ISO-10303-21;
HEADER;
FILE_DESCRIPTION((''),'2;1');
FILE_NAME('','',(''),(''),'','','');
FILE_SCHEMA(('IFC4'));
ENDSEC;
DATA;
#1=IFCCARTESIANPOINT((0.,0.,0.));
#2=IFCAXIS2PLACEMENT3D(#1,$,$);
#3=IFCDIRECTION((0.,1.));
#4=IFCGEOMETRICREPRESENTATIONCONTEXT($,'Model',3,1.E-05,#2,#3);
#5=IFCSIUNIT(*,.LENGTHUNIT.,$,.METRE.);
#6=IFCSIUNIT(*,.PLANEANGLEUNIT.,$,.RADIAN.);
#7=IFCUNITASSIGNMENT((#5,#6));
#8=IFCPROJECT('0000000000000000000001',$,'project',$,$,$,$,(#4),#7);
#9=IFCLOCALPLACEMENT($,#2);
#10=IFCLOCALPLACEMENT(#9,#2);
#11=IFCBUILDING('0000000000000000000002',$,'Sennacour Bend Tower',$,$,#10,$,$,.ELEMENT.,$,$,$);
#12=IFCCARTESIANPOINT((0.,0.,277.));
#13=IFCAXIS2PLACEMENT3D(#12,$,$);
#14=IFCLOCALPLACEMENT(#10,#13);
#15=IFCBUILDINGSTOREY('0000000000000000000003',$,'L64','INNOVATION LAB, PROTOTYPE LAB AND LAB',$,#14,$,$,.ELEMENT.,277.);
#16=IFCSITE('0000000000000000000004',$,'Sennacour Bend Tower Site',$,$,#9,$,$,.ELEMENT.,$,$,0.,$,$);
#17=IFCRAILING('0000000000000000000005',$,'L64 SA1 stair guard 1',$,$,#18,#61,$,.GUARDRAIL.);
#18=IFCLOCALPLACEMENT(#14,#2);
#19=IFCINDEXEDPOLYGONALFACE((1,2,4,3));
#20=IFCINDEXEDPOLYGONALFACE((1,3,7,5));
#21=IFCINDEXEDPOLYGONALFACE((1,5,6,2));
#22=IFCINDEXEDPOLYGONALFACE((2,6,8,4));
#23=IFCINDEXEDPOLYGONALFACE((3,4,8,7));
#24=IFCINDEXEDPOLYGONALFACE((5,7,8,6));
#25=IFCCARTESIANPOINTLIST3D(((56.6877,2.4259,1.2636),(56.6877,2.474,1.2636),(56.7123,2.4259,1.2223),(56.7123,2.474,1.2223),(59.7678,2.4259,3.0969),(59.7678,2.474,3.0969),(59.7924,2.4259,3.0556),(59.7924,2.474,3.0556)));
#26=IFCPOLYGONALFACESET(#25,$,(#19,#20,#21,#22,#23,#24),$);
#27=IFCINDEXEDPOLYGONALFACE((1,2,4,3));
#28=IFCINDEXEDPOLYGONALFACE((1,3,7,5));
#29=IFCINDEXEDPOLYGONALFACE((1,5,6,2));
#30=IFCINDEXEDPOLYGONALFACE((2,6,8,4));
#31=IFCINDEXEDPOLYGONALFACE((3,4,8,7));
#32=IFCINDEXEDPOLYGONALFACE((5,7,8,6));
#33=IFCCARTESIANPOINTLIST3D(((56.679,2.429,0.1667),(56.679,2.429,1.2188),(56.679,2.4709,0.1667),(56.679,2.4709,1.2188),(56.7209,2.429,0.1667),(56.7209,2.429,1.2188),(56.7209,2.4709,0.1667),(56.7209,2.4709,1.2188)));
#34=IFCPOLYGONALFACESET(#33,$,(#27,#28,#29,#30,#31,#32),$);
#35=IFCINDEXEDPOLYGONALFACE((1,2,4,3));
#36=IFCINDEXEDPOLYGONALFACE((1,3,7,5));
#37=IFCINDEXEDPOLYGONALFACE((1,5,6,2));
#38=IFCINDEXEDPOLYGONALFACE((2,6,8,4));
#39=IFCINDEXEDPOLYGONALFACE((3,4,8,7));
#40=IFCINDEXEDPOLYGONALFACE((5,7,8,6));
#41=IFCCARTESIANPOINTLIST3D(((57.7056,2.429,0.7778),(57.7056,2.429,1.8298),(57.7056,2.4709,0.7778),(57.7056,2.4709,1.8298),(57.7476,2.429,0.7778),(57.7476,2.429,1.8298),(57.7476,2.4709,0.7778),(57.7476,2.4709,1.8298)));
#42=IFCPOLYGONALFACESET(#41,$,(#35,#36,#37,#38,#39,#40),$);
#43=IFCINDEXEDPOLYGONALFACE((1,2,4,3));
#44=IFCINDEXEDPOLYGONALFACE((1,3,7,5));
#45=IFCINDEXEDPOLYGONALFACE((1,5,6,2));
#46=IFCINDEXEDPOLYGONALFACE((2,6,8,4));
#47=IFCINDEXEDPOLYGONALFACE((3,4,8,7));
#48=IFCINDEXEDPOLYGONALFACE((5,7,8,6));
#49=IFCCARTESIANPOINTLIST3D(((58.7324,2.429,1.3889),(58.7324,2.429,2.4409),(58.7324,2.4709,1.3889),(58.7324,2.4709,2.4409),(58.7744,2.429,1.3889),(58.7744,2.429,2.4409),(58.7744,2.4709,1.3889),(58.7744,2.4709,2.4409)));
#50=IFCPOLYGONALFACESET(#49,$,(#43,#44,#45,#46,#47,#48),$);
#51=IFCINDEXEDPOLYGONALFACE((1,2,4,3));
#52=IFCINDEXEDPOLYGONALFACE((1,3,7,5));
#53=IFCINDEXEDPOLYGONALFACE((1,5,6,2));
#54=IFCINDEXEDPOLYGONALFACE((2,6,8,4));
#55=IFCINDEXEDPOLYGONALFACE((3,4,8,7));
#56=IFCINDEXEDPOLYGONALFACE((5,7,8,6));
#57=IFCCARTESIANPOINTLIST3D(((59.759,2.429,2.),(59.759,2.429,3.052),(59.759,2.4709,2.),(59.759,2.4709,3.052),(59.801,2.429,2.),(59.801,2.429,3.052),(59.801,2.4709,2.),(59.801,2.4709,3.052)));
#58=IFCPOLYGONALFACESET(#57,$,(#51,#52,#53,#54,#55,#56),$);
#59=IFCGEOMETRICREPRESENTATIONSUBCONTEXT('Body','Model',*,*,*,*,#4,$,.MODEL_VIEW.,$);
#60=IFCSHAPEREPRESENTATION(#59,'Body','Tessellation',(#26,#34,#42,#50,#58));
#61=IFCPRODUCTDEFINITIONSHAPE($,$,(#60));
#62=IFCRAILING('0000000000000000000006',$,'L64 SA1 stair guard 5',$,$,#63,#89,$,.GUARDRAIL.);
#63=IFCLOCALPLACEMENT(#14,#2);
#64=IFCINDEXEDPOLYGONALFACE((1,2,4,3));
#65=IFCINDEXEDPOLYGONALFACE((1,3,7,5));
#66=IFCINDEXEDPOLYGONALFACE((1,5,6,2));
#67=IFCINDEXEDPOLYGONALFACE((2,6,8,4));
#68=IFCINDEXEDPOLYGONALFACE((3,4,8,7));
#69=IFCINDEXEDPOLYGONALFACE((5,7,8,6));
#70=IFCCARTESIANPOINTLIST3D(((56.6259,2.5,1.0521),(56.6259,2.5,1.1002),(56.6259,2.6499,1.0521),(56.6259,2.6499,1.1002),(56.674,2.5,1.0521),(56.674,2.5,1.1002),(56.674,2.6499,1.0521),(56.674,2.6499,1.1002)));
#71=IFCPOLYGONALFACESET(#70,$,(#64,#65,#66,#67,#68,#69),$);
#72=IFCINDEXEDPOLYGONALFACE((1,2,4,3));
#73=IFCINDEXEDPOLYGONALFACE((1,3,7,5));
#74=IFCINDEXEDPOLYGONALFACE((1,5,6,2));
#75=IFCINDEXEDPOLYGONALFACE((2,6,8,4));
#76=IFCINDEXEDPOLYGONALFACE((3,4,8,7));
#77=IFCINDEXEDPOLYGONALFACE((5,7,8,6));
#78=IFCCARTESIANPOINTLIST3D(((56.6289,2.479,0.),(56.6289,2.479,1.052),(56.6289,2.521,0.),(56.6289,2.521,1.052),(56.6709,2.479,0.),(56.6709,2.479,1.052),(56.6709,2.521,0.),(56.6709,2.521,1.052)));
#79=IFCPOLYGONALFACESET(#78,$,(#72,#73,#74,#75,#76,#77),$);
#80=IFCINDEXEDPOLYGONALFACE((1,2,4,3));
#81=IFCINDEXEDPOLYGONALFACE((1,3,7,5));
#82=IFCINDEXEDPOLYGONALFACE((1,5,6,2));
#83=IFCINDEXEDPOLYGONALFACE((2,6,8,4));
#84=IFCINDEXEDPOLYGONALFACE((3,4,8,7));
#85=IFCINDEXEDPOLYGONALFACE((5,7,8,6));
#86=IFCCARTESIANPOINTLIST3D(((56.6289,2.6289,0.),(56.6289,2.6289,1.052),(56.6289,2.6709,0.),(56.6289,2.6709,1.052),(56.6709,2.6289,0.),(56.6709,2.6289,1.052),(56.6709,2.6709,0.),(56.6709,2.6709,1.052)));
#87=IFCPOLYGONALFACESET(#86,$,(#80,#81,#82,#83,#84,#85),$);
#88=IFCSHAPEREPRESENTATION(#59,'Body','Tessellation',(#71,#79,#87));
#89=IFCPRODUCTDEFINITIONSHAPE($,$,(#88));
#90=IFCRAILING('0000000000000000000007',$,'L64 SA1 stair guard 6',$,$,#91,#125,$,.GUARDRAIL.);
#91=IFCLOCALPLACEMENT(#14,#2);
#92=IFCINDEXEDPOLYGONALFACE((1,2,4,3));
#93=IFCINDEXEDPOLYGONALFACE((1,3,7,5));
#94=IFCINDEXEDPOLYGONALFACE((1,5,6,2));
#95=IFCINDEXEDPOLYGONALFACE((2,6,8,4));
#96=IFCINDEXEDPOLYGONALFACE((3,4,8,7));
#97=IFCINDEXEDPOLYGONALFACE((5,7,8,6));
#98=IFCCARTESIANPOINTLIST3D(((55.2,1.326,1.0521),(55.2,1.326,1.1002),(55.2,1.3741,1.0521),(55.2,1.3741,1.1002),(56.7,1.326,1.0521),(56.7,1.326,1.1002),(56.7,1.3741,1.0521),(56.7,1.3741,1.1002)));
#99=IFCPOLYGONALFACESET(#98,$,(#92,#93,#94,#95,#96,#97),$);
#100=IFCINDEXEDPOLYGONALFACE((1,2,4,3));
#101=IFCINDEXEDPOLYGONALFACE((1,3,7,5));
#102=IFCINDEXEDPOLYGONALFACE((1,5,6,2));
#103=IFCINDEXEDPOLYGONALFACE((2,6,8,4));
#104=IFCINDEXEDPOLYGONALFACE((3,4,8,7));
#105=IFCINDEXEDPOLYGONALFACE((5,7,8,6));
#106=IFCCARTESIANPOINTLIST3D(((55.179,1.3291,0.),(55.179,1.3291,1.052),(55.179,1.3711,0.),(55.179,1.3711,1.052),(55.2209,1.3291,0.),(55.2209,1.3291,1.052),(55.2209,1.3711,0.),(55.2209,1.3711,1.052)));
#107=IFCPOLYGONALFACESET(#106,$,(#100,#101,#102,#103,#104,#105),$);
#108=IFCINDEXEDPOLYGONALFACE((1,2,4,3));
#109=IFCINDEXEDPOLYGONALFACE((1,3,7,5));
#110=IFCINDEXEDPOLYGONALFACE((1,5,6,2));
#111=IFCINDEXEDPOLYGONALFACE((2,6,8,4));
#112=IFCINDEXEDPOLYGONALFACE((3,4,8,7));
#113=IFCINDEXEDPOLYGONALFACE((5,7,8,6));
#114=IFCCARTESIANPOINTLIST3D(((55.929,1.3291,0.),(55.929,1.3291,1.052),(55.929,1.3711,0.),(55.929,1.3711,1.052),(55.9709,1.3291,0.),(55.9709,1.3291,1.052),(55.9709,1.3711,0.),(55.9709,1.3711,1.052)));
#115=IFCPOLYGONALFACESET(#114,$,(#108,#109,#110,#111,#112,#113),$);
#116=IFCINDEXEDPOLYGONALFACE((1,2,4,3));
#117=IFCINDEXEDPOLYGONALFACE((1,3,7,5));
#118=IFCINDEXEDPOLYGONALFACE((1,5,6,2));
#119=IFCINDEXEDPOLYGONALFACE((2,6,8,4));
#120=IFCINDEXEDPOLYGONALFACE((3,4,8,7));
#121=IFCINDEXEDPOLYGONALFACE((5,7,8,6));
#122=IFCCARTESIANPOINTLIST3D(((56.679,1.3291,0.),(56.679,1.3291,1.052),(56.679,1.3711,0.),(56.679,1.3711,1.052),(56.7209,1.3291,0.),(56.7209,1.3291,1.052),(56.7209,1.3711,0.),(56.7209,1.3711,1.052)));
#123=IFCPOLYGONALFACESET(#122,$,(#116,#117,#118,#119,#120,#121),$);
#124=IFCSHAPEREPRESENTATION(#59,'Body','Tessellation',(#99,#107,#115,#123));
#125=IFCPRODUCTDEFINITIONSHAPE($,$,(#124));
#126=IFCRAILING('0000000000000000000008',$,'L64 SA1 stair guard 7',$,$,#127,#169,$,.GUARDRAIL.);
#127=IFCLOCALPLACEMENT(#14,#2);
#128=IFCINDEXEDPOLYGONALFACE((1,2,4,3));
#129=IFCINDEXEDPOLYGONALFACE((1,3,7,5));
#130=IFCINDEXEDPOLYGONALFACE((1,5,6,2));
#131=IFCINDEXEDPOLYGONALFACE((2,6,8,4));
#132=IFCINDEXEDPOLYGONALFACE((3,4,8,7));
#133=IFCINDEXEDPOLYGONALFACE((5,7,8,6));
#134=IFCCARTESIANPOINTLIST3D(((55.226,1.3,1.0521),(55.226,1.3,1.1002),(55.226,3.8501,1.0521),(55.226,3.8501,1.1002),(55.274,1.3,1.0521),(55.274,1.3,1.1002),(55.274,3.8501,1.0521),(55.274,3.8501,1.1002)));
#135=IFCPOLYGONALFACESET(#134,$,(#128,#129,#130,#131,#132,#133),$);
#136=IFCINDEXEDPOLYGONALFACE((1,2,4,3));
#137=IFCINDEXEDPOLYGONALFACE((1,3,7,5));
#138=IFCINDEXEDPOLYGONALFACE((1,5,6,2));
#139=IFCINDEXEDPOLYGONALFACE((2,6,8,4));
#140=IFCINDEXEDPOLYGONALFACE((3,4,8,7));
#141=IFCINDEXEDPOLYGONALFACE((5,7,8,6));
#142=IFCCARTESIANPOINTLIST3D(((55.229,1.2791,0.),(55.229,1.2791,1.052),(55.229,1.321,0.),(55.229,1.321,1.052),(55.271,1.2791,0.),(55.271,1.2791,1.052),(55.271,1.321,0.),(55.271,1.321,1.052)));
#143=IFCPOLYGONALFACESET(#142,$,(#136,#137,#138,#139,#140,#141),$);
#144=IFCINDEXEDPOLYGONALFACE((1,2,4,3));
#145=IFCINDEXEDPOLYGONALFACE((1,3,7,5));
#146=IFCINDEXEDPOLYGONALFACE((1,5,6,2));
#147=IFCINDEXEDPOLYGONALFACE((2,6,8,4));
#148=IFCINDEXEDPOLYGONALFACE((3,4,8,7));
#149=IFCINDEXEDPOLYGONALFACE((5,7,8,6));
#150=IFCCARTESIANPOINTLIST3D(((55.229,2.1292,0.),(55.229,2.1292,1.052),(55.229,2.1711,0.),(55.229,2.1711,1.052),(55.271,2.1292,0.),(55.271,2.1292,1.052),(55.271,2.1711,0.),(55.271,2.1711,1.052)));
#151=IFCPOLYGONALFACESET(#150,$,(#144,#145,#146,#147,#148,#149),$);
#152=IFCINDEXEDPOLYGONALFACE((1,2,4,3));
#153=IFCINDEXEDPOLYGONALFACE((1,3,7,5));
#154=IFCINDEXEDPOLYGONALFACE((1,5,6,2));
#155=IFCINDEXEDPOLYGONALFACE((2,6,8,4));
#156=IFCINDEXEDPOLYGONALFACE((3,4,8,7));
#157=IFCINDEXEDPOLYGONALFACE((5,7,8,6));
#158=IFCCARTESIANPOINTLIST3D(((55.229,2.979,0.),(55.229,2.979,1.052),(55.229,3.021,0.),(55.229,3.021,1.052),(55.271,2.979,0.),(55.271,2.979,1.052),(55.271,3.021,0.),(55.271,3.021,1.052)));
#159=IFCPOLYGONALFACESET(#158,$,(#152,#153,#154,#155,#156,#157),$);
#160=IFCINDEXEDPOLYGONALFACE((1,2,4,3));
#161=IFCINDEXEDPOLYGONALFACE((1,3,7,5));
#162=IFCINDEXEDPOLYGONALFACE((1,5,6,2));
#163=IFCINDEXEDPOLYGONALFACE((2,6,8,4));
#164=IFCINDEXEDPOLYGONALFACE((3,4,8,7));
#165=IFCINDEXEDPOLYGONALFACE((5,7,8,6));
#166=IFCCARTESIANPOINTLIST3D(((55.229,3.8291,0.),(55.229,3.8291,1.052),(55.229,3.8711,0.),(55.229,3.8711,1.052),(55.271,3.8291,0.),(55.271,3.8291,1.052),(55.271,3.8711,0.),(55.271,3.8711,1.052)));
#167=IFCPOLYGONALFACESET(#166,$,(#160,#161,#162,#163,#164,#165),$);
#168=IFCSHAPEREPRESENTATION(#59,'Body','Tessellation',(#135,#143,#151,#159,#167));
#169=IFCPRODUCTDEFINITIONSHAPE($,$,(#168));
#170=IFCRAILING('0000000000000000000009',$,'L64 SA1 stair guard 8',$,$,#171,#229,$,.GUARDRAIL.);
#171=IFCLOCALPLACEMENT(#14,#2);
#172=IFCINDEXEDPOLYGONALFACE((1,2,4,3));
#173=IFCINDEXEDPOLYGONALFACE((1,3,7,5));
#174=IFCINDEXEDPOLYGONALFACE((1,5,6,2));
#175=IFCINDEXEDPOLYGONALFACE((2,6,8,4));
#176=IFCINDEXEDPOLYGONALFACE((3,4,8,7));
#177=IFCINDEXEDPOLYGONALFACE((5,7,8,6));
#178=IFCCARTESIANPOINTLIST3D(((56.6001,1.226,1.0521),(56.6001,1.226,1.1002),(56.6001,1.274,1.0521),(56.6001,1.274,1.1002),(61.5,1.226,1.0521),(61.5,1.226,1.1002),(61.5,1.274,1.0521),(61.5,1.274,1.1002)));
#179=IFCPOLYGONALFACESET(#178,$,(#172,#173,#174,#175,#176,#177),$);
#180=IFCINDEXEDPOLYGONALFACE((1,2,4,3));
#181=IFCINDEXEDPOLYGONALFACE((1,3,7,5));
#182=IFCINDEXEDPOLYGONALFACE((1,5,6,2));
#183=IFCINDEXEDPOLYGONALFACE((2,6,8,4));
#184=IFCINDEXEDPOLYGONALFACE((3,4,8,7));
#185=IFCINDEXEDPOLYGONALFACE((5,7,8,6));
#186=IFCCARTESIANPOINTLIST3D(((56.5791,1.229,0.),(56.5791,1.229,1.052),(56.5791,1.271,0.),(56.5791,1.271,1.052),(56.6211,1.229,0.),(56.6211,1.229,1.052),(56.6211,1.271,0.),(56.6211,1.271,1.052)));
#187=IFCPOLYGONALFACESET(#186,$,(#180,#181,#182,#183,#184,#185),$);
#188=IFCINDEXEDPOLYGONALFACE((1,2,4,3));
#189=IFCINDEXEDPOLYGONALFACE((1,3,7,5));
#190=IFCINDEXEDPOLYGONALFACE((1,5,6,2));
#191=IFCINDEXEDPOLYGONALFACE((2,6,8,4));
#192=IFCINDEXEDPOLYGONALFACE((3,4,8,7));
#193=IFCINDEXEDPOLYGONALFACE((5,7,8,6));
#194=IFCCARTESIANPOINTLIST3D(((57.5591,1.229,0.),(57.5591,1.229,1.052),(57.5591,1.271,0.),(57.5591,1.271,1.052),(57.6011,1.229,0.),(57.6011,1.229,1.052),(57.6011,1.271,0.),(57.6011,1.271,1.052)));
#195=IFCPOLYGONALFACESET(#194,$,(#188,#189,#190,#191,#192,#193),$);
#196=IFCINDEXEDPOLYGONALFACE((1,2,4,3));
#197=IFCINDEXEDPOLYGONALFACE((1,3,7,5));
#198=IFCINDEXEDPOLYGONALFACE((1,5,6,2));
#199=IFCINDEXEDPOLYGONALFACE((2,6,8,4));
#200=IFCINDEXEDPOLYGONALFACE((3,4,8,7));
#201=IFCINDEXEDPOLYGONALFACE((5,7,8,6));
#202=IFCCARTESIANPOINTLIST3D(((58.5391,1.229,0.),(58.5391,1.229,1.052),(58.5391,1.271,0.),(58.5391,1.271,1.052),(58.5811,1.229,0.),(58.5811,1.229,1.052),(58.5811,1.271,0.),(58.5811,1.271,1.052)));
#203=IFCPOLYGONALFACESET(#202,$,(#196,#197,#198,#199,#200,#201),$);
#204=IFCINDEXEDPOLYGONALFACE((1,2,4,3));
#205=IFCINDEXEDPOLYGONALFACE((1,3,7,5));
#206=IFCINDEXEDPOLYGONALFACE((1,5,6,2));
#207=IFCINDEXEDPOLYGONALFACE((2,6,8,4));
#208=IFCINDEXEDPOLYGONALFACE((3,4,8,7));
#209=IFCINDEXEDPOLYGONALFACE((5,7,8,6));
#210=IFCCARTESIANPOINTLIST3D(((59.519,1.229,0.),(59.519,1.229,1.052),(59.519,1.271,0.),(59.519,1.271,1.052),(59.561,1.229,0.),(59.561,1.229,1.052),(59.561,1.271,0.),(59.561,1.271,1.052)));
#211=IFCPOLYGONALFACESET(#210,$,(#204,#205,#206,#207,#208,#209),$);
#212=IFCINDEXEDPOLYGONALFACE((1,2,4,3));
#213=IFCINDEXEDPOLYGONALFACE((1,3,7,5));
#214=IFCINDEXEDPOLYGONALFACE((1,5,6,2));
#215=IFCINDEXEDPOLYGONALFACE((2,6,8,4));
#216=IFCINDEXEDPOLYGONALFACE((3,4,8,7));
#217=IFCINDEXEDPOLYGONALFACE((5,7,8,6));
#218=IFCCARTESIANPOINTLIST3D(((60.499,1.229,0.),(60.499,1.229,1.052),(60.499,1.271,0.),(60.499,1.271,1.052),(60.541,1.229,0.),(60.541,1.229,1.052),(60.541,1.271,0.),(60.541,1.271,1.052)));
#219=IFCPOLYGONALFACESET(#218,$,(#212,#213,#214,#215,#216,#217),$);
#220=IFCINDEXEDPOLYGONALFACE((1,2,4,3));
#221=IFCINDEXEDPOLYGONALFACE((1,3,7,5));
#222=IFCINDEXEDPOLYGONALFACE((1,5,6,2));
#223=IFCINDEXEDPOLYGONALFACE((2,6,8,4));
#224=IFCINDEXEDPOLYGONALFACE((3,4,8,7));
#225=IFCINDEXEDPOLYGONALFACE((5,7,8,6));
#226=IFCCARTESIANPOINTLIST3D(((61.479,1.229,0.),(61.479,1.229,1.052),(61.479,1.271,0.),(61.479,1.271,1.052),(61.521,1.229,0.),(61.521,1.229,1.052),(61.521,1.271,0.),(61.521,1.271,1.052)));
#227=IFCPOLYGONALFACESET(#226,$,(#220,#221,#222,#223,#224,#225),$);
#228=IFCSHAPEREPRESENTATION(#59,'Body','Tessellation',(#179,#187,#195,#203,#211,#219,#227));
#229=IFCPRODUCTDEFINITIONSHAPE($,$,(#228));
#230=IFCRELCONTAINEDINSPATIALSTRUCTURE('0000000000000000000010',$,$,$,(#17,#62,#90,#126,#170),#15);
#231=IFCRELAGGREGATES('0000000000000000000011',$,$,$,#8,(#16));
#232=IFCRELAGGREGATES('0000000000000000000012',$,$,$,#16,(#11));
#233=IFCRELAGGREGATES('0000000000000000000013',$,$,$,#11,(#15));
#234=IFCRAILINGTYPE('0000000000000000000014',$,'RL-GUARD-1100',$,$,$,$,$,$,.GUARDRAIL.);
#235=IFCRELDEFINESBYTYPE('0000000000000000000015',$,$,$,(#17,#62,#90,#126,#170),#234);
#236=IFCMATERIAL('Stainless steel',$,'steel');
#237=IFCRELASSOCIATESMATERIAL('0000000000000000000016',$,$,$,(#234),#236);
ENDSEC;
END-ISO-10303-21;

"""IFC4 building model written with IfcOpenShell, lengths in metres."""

from ifc_helpers import new_model, si_unit, direction, frame, origin, origin_2d, place, context, subcontext, project, spatial, rectangle, extrude, material, type_object, element, save


model = new_model("IFC4")

# Units and contexts
model_context = context("Model", 3, precision=1e-05, world=origin(), true_north=direction((0.0, 1.0)))
body_context = subcontext(model_context, "Body", "Model", "MODEL_VIEW")
ifc_project = project(units=[si_unit("LENGTHUNIT", "METRE"), si_unit("PLANEANGLEUNIT", "RADIAN")], contexts=[model_context])

# Site, building, storey
site_placement = place(None, origin())
site = spatial("IfcSite", under=ifc_project, at=site_placement, Name="Sennacour Bend Tower Site", CompositionType="ELEMENT", RefElevation=0.0)
building_placement = place(site_placement, origin())
building = spatial("IfcBuilding", under=site, at=building_placement, Name="Sennacour Bend Tower", CompositionType="ELEMENT")
storey_placement = place(building_placement, frame((0.0, 0.0, 277.0)))
storey = spatial("IfcBuildingStorey", under=building, at=storey_placement, Name="L64", Description="INNOVATION LAB, PROTOTYPE LAB AND LAB", CompositionType="ELEMENT", Elevation=277.0)

# Shared definitions
ifc_material_1 = material(Name="Stainless steel", Category="steel")

# Railings
railing_type_1 = type_object("IfcRailingType", Name="RL-GUARD-1100", PredefinedType="GUARDRAIL", material=ifc_material_1)
railing_1_placement = place(storey_placement, frame((56.7, 2.45, 0.1667)))
element("IfcRailing", 1, at=railing_1_placement, inside=storey, type_object=railing_type_1, Name="L64 SA1 stair guard 1", PredefinedType="GUARDRAIL", context=body_context, shape_type="SweptSolid", body=[
    extrude(rectangle(XDim=0.0481, YDim=0.0481, at=origin_2d()), frame((0.0, 0.0, 1.0762), z_axis=(0.859309, 0.0, 0.511458), x_axis=(0.0, 1.0, 0.0)), (0.0, 0.0, 1.0), 3.5845),
    extrude(rectangle(XDim=0.042, YDim=0.042, at=origin_2d()), origin(), (0.0, 0.0, 1.0), 1.052),
    extrude(rectangle(XDim=0.042, YDim=0.042, at=origin_2d()), frame((1.0266, 0.0, 0.6111)), (0.0, 0.0, 1.0), 1.052),
    extrude(rectangle(XDim=0.042, YDim=0.042, at=origin_2d()), frame((2.0535, 0.0, 1.2222)), (0.0, 0.0, 1.0), 1.052),
    extrude(rectangle(XDim=0.042, YDim=0.042, at=origin_2d()), frame((3.0801, 0.0, 1.8333)), (0.0, 0.0, 1.0), 1.052),
])
railing_2_placement = place(storey_placement, frame((56.6499, 2.5, 0.0)))
element("IfcRailing", 2, at=railing_2_placement, inside=storey, type_object=railing_type_1, Name="L64 SA1 stair guard 5", PredefinedType="GUARDRAIL", context=body_context, shape_type="SweptSolid", body=[
    extrude(rectangle(XDim=0.0481, YDim=0.0481, at=origin_2d()), frame((0.0, 0.0, 1.0762), z_axis=(0.0, 1.0, 0.0), x_axis=(-1.0, 0.0, 0.0)), (0.0, 0.0, 1.0), 0.1499),
    extrude(rectangle(XDim=0.042, YDim=0.042, at=origin_2d()), origin(), (0.0, 0.0, 1.0), 1.052),
    extrude(rectangle(XDim=0.042, YDim=0.042, at=origin_2d()), frame((0.0, 0.1499, 0.0)), (0.0, 0.0, 1.0), 1.052),
])
railing_3_placement = place(storey_placement, frame((55.2, 1.3501, 0.0)))
element("IfcRailing", 3, at=railing_3_placement, inside=storey, type_object=railing_type_1, Name="L64 SA1 stair guard 6", PredefinedType="GUARDRAIL", context=body_context, shape_type="SweptSolid", body=[
    extrude(rectangle(XDim=0.0481, YDim=0.0481, at=origin_2d()), frame((0.0, 0.0, 1.0762), z_axis=(1.0, 0.0, 0.0), x_axis=(0.0, 1.0, 0.0)), (0.0, 0.0, 1.0), 1.5),
    extrude(rectangle(XDim=0.042, YDim=0.042, at=origin_2d()), origin(), (0.0, 0.0, 1.0), 1.052),
    extrude(rectangle(XDim=0.042, YDim=0.042, at=origin_2d()), frame((0.75, 0.0, 0.0)), (0.0, 0.0, 1.0), 1.052),
    extrude(rectangle(XDim=0.042, YDim=0.042, at=origin_2d()), frame((1.5, 0.0, 0.0)), (0.0, 0.0, 1.0), 1.052),
])
railing_4_placement = place(storey_placement, frame((55.25, 1.3, 0.0)))
element("IfcRailing", 4, at=railing_4_placement, inside=storey, type_object=railing_type_1, Name="L64 SA1 stair guard 7", PredefinedType="GUARDRAIL", context=body_context, shape_type="SweptSolid", body=[
    extrude(rectangle(XDim=0.0481, YDim=0.0481, at=origin_2d()), frame((0.0, 0.0, 1.0762), z_axis=(0.0, 1.0, 0.0), x_axis=(-1.0, 0.0, 0.0)), (0.0, 0.0, 1.0), 2.55),
    extrude(rectangle(XDim=0.042, YDim=0.042, at=origin_2d()), origin(), (0.0, 0.0, 1.0), 1.052),
    extrude(rectangle(XDim=0.042, YDim=0.042, at=origin_2d()), frame((0.0, 0.8501, 0.0)), (0.0, 0.0, 1.0), 1.052),
    extrude(rectangle(XDim=0.042, YDim=0.042, at=origin_2d()), frame((0.0, 1.7, 0.0)), (0.0, 0.0, 1.0), 1.052),
    extrude(rectangle(XDim=0.042, YDim=0.042, at=origin_2d()), frame((0.0, 2.55, 0.0)), (0.0, 0.0, 1.0), 1.052),
])
railing_5_placement = place(storey_placement, frame((56.6001, 1.25, 0.0)))
element("IfcRailing", 5, at=railing_5_placement, inside=storey, type_object=railing_type_1, Name="L64 SA1 stair guard 8", PredefinedType="GUARDRAIL", context=body_context, shape_type="SweptSolid", body=[
    extrude(rectangle(XDim=0.0481, YDim=0.0481, at=origin_2d()), frame((0.0, 0.0, 1.0762), z_axis=(1.0, 0.0, 0.0), x_axis=(0.0, 1.0, 0.0)), (0.0, 0.0, 1.0), 4.8999),
    extrude(rectangle(XDim=0.042, YDim=0.042, at=origin_2d()), origin(), (0.0, 0.0, 1.0), 1.052),
    extrude(rectangle(XDim=0.042, YDim=0.042, at=origin_2d()), frame((0.98, 0.0, 0.0)), (0.0, 0.0, 1.0), 1.052),
    extrude(rectangle(XDim=0.042, YDim=0.042, at=origin_2d()), frame((1.96, 0.0, 0.0)), (0.0, 0.0, 1.0), 1.052),
    extrude(rectangle(XDim=0.042, YDim=0.042, at=origin_2d()), frame((2.9399, 0.0, 0.0)), (0.0, 0.0, 1.0), 1.052),
    extrude(rectangle(XDim=0.042, YDim=0.042, at=origin_2d()), frame((3.9199, 0.0, 0.0)), (0.0, 0.0, 1.0), 1.052),
    extrude(rectangle(XDim=0.042, YDim=0.042, at=origin_2d()), frame((4.8999, 0.0, 0.0)), (0.0, 0.0, 1.0), 1.052),
])

save(model, "model.ifc")
